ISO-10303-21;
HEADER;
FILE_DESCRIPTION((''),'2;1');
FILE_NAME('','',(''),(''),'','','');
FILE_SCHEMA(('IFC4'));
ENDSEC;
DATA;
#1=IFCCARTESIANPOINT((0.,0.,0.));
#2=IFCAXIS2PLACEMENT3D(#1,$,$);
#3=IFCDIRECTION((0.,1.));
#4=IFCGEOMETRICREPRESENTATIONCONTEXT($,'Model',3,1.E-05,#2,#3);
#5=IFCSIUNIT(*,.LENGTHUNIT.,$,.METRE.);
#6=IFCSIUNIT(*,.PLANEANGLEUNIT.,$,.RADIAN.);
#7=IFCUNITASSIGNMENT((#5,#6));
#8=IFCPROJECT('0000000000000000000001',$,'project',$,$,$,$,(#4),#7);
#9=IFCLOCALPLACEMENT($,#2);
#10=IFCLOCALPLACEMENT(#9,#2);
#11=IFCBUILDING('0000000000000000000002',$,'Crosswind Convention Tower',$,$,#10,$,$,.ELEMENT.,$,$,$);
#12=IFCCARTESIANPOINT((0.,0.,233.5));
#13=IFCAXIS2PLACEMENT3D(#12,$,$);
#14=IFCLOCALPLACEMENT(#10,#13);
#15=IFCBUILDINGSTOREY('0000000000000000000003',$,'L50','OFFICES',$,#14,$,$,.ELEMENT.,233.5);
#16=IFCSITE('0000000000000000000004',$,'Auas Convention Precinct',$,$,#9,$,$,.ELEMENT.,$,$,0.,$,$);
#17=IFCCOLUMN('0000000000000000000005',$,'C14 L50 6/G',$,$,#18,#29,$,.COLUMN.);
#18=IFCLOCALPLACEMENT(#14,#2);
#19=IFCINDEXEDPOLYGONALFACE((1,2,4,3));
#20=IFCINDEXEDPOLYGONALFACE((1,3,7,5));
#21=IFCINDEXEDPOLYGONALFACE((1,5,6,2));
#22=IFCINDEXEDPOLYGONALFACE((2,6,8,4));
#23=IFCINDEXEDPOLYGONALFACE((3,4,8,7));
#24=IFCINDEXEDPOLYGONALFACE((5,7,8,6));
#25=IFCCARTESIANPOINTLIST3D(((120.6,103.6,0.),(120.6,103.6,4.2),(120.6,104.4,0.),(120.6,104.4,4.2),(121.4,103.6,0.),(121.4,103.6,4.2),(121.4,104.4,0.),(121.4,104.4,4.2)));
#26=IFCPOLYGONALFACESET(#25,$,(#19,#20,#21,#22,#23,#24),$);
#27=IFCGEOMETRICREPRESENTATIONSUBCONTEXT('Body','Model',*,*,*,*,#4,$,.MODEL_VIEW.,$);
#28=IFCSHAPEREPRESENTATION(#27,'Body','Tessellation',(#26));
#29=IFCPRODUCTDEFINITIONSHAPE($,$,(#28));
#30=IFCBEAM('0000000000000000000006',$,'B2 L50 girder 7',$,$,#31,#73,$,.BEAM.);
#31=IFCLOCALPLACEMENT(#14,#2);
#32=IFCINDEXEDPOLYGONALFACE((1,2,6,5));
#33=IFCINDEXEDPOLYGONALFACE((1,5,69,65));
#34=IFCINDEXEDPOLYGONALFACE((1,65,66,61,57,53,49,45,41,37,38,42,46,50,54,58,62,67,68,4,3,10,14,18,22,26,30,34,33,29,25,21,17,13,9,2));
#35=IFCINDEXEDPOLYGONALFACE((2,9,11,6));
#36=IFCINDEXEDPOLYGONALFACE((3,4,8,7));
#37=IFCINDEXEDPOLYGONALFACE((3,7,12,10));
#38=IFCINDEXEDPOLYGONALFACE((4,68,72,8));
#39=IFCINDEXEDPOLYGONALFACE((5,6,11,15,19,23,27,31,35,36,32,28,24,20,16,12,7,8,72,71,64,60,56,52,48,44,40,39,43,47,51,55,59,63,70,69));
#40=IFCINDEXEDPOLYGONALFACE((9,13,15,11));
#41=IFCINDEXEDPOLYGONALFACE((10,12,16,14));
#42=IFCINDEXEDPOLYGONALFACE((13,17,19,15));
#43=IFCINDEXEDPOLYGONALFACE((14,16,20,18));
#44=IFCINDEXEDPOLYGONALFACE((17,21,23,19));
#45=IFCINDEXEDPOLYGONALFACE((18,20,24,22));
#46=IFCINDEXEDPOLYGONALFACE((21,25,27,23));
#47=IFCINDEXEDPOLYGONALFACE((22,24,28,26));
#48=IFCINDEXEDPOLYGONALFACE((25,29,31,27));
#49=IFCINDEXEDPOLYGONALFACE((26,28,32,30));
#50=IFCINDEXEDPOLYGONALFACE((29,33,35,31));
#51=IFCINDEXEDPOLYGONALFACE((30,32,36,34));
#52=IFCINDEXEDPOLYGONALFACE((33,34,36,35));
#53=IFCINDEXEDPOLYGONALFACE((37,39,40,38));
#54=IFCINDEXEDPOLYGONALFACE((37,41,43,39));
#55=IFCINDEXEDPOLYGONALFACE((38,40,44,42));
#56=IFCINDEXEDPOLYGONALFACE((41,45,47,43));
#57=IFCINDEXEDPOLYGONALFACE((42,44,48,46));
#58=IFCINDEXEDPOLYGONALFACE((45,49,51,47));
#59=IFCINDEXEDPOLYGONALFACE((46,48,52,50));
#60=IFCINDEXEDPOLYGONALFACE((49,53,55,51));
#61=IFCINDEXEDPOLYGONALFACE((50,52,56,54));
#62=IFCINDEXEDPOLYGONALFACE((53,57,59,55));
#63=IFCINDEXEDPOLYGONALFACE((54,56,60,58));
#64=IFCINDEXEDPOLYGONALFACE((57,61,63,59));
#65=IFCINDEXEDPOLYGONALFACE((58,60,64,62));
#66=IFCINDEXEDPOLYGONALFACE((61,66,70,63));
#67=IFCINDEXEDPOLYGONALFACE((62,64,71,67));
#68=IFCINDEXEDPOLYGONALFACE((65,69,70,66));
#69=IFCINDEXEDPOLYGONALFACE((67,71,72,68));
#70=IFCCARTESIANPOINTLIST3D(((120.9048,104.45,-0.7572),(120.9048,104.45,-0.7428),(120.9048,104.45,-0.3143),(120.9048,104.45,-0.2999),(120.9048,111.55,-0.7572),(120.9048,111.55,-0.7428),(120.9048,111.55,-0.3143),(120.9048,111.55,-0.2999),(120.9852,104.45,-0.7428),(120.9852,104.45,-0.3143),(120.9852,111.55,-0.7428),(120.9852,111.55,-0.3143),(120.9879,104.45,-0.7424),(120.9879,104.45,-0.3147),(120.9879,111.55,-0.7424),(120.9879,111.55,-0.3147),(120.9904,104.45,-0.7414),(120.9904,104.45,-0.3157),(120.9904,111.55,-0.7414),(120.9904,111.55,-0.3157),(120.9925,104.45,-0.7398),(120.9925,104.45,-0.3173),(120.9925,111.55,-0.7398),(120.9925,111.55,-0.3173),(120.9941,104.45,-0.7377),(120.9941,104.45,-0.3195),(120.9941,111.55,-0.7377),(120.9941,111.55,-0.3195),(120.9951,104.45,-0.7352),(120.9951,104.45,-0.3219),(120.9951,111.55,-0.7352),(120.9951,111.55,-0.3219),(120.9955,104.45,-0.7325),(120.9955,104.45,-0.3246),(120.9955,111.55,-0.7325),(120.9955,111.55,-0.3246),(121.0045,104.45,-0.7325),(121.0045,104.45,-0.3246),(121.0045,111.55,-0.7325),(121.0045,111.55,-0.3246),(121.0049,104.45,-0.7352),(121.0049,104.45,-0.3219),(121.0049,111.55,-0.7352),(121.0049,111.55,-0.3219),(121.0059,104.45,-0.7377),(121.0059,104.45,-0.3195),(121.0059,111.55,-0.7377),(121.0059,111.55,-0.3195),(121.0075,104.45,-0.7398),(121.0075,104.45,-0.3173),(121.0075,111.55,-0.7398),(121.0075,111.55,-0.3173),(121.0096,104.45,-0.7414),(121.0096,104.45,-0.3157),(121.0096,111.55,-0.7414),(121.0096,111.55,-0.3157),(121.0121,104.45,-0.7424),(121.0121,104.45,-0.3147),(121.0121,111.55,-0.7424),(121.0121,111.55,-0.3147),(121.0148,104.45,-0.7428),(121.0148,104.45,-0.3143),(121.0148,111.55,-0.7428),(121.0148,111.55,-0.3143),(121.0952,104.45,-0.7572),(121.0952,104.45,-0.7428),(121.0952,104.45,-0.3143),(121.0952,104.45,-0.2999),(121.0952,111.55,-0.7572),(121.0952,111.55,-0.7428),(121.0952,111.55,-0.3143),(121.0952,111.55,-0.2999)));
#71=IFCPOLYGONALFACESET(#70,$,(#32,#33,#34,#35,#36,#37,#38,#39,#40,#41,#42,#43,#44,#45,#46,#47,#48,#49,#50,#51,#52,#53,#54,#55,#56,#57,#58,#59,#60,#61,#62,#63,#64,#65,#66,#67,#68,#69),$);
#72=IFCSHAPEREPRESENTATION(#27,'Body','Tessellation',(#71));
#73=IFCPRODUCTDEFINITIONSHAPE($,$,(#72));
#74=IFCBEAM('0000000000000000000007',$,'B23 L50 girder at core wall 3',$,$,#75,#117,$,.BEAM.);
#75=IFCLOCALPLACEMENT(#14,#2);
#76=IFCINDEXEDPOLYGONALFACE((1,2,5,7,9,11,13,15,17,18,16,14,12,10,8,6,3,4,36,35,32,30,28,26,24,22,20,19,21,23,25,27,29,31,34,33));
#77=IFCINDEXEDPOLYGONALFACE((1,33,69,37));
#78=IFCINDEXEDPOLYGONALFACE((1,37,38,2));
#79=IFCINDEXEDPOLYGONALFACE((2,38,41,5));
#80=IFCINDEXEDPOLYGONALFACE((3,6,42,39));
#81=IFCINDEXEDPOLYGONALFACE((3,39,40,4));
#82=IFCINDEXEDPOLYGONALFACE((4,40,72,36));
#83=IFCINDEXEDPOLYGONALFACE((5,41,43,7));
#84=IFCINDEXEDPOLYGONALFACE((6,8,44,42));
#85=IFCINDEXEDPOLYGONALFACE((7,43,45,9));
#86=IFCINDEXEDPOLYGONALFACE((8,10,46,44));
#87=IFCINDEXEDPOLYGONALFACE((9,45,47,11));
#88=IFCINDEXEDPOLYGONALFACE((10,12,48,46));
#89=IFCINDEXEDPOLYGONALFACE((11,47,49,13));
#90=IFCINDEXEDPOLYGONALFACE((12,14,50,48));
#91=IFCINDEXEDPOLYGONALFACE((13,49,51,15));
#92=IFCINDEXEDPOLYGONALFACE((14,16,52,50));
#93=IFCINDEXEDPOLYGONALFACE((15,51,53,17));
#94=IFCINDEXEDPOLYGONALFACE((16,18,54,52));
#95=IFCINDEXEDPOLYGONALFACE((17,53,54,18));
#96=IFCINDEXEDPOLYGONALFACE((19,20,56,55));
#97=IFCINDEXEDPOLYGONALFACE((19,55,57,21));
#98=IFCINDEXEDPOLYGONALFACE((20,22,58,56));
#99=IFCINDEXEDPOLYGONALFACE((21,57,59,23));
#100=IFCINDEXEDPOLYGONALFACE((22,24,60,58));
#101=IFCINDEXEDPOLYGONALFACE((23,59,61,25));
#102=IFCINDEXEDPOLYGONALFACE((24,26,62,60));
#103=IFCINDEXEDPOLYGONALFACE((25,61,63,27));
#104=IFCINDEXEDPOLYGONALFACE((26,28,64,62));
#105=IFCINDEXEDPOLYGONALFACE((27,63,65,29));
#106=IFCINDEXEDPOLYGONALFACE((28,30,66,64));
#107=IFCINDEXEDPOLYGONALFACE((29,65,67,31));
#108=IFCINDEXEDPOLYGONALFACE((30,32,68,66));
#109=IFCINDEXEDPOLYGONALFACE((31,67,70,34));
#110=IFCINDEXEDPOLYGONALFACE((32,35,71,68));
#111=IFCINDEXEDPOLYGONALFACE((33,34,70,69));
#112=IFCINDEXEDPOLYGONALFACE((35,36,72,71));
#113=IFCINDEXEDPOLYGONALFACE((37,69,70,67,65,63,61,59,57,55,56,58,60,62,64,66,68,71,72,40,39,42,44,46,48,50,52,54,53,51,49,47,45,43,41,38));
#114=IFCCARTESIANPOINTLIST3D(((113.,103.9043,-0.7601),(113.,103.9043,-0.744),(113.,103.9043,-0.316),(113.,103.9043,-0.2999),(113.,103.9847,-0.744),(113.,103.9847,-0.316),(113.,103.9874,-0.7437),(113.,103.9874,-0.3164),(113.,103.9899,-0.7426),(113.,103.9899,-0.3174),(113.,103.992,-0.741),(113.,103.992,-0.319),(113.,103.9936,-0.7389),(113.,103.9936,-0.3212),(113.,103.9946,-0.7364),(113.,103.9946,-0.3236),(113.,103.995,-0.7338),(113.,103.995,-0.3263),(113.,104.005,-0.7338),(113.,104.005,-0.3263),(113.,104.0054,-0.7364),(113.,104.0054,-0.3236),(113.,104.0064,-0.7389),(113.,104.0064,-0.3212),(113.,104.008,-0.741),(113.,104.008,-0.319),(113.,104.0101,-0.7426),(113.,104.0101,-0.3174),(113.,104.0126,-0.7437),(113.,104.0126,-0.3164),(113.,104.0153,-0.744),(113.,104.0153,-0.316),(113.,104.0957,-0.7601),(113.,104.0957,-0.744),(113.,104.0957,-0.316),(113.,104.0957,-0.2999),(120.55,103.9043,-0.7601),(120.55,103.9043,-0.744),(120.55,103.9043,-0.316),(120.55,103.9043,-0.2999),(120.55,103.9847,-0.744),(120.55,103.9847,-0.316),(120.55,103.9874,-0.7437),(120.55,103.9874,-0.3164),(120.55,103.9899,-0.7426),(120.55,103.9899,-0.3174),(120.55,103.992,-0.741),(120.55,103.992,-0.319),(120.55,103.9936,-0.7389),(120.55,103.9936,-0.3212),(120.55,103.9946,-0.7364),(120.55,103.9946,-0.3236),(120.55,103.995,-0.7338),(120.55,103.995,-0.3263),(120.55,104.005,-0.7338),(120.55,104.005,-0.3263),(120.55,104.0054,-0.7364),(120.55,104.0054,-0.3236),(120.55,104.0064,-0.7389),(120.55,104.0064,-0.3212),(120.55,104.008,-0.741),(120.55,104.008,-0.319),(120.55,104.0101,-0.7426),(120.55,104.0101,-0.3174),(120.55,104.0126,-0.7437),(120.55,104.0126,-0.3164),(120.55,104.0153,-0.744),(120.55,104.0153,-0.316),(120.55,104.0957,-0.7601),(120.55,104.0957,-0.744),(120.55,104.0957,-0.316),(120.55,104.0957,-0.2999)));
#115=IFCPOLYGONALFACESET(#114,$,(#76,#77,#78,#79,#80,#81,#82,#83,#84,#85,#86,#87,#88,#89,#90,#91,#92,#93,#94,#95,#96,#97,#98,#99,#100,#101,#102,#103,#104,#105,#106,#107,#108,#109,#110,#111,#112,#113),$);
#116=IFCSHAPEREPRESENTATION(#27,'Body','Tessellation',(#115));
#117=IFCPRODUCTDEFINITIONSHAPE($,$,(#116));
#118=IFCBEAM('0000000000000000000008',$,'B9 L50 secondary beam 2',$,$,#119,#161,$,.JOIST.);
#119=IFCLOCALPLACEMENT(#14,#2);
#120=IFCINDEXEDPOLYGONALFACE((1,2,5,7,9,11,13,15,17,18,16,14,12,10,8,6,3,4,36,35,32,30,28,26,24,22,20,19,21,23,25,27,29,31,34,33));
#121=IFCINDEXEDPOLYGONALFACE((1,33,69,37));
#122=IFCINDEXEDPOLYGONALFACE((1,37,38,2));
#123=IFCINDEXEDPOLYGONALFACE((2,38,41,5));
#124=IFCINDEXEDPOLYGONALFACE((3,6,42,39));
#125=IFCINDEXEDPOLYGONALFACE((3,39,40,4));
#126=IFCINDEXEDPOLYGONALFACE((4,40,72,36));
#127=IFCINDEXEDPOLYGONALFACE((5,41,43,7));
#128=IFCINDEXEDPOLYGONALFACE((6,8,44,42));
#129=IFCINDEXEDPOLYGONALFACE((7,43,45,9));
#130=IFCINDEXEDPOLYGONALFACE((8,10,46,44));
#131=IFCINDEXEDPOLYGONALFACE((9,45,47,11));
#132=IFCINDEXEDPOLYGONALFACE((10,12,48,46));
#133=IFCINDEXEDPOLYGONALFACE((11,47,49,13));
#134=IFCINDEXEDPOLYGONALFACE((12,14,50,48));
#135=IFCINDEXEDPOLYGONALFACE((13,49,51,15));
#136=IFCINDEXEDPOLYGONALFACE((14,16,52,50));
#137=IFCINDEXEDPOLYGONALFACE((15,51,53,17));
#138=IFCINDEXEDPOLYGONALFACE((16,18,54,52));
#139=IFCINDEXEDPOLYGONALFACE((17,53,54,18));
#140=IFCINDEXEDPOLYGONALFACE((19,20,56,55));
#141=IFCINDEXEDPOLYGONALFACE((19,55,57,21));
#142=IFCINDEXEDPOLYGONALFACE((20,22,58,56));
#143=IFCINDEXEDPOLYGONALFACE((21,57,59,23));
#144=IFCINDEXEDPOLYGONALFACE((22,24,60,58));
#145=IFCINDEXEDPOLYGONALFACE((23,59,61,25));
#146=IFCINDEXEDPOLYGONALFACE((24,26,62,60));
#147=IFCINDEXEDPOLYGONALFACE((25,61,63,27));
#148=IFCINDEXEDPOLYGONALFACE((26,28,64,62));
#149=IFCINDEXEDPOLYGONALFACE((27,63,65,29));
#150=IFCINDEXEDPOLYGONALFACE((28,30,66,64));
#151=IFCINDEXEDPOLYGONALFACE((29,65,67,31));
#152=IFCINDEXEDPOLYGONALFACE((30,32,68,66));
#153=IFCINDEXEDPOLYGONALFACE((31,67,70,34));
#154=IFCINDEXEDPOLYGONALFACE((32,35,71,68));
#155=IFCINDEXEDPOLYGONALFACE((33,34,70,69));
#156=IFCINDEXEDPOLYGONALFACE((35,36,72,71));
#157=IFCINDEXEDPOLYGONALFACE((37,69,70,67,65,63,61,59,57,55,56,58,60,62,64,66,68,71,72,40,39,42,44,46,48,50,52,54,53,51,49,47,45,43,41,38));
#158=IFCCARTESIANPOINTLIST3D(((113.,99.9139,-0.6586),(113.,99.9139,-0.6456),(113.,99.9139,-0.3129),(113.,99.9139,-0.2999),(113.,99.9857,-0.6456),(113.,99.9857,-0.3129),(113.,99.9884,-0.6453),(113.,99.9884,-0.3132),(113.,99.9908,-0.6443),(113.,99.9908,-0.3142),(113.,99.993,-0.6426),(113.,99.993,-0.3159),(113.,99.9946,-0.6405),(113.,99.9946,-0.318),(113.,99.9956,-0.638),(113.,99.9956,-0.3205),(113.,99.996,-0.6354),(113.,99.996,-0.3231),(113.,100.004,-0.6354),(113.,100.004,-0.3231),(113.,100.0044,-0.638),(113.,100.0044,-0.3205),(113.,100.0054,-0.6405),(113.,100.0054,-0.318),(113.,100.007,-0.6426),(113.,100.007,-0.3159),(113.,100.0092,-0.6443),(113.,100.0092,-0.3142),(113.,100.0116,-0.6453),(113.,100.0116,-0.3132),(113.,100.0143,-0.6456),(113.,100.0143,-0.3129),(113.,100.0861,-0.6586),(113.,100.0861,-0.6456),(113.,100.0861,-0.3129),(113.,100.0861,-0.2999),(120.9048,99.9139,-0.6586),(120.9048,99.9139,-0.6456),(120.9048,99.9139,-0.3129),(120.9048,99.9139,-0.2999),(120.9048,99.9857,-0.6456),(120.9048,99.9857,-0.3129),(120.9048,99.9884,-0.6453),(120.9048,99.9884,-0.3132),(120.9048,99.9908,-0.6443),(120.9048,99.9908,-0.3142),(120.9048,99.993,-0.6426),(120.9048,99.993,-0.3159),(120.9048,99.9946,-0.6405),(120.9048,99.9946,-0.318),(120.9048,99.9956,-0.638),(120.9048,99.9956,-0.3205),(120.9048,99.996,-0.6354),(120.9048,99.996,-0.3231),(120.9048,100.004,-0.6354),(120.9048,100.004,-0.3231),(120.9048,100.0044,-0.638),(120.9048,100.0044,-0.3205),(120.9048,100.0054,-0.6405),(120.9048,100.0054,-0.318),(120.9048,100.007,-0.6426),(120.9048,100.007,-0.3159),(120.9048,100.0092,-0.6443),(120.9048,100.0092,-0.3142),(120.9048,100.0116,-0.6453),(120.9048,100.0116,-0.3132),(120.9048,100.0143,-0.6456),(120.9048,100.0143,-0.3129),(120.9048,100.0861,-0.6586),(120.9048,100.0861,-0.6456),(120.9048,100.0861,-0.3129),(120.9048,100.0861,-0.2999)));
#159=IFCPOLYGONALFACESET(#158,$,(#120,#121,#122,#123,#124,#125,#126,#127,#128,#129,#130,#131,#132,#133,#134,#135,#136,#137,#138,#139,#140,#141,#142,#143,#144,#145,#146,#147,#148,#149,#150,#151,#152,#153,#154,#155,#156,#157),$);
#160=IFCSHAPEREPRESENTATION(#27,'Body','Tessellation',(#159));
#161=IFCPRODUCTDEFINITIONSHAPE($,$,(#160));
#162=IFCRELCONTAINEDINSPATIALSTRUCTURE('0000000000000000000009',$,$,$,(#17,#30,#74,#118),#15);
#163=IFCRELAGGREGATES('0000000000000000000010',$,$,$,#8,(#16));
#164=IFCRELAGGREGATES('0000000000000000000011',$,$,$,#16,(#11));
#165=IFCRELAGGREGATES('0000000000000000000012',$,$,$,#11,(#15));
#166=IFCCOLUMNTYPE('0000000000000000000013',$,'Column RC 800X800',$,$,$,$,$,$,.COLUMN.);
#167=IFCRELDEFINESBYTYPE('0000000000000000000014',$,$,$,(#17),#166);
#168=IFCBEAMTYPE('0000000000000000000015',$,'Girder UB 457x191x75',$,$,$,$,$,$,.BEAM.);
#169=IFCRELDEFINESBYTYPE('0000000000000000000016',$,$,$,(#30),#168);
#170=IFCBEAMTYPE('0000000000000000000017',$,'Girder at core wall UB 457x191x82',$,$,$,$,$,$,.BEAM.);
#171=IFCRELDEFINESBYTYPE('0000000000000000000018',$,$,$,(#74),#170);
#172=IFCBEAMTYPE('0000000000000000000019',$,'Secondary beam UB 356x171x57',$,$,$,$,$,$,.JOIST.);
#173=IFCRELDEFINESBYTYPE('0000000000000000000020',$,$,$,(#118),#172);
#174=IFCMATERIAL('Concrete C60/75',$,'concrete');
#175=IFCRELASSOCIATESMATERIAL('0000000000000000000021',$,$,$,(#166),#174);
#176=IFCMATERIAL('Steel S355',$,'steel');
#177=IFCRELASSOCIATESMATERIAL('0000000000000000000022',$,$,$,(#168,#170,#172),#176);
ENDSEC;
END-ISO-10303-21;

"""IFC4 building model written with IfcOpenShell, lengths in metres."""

from ifc_helpers import new_model, si_unit, direction, frame, origin, origin_2d, place, context, subcontext, project, spatial, rectangle, i_section, extrude, material, material_profile, profile_set, type_object, element, save


model = new_model("IFC4")

# Units and contexts
model_context = context("Model", 3, precision=1e-05, world=origin(), true_north=direction((0.0, 1.0)))
body_context = subcontext(model_context, "Body", "Model", "MODEL_VIEW")
ifc_project = project(units=[si_unit("LENGTHUNIT", "METRE"), si_unit("PLANEANGLEUNIT", "RADIAN")], contexts=[model_context])

# Site, building, storey
site_placement = place(None, origin())
site = spatial("IfcSite", under=ifc_project, at=site_placement, Name="Auas Convention Precinct", CompositionType="ELEMENT", RefElevation=0.0)
building_placement = place(site_placement, origin())
building = spatial("IfcBuilding", under=site, at=building_placement, Name="Crosswind Convention Tower", CompositionType="ELEMENT")
storey_placement = place(building_placement, frame((0.0, 0.0, 233.5)))
storey = spatial("IfcBuildingStorey", under=building, at=storey_placement, Name="L50", Description="OFFICES", CompositionType="ELEMENT", Elevation=233.5)

# Column
ifc_material_1 = material(Name="Concrete C60/75", Category="concrete")
ifc_material_profile_1 = material_profile(ifc_material_1, rectangle(XDim=0.8, YDim=0.8, at=origin_2d()), Name="RC 800X800")
ifc_profile_set_1 = profile_set([ifc_material_profile_1], Name="Concrete C60/75")
column_type = type_object("IfcColumnType", Name="Column RC 800X800", PredefinedType="COLUMN", material=ifc_profile_set_1)
column_placement = place(storey_placement, frame((121.0, 104.0, 0.0), z_axis=(0.0, 0.0, 1.0), x_axis=(1.0, 0.0, 0.0)))
element("IfcColumn", 1, at=column_placement, inside=storey, type_object=column_type, Name="C14 L50 6/G", PredefinedType="COLUMN", context=body_context, shape_type="SweptSolid", body=[
    extrude(rectangle(XDim=0.8, YDim=0.8, at=origin_2d()), origin(), (0.0, 0.0, 1.0), 4.2),
])

# Beams
ifc_material_2 = material(Name="Steel S355", Category="steel")
ifc_material_profile_2 = material_profile(ifc_material_2, i_section(OverallWidth=0.1904, OverallDepth=0.4573, WebThickness=0.009, FlangeThickness=0.0144, FilletRadius=0.0103, at=origin_2d()), Name="UB 457x191x75")
ifc_profile_set_2 = profile_set([ifc_material_profile_2], Name="Steel S355")
beam_type_1 = type_object("IfcBeamType", Name="Girder UB 457x191x75", PredefinedType="BEAM", material=ifc_profile_set_2)
beam_1_placement = place(storey_placement, frame((121.0, 104.45, -0.5286), z_axis=(0.0, 1.0, 0.0), x_axis=(-1.0, 0.0, 0.0)))
element("IfcBeam", 2, at=beam_1_placement, inside=storey, type_object=beam_type_1, Name="B2 L50 girder 7", PredefinedType="BEAM", context=body_context, shape_type="SweptSolid", body=[
    extrude(i_section(OverallWidth=0.1904, OverallDepth=0.4573, WebThickness=0.009, FlangeThickness=0.0144, FilletRadius=0.0103, at=origin_2d()), origin(), (0.0, 0.0, 1.0), 7.1001),
])
ifc_material_profile_3 = material_profile(ifc_material_2, i_section(OverallWidth=0.1914, OverallDepth=0.4602, WebThickness=0.01, FlangeThickness=0.0161, FilletRadius=0.0103, at=origin_2d()), Name="UB 457x191x82")
ifc_profile_set_3 = profile_set([ifc_material_profile_3], Name="Steel S355")
beam_type_2 = type_object("IfcBeamType", Name="Girder at core wall UB 457x191x82", PredefinedType="BEAM", material=ifc_profile_set_3)
beam_2_placement = place(storey_placement, frame((113.0, 104.0, -0.53), z_axis=(1.0, 0.0, 0.0), x_axis=(0.0, 1.0, 0.0)))
element("IfcBeam", 3, at=beam_2_placement, inside=storey, type_object=beam_type_2, Name="B23 L50 girder at core wall 3", PredefinedType="BEAM", context=body_context, shape_type="SweptSolid", body=[
    extrude(i_section(OverallWidth=0.1914, OverallDepth=0.4602, WebThickness=0.01, FlangeThickness=0.0161, FilletRadius=0.0103, at=origin_2d()), origin(), (0.0, 0.0, 1.0), 7.55),
])
ifc_material_profile_4 = material_profile(ifc_material_2, i_section(OverallWidth=0.1721, OverallDepth=0.3586, WebThickness=0.0081, FlangeThickness=0.0129, FilletRadius=0.0103, at=origin_2d()), Name="UB 356x171x57")
ifc_profile_set_4 = profile_set([ifc_material_profile_4], Name="Steel S355")
beam_type_3 = type_object("IfcBeamType", Name="Secondary beam UB 356x171x57", PredefinedType="JOIST", material=ifc_profile_set_4)
for number, where, z_axis, x_axis, name in (
    (4, (113.0, 100.0, -0.4792), (1.0, 0.0, 0.0), (0.0, 1.0, 0.0), "B9 L50 secondary beam 2"),
):
    element("IfcBeam", number, at=place(storey_placement, frame(where, z_axis=z_axis, x_axis=x_axis)), inside=storey, type_object=beam_type_3, Name=name, PredefinedType="JOIST", context=body_context, shape_type="SweptSolid", body=[
        extrude(i_section(OverallWidth=0.1721, OverallDepth=0.3586, WebThickness=0.0081, FlangeThickness=0.0129, FilletRadius=0.0103, at=origin_2d()), origin(), (0.0, 0.0, 1.0), 7.9048),
    ])

save(model, "model.ifc")
